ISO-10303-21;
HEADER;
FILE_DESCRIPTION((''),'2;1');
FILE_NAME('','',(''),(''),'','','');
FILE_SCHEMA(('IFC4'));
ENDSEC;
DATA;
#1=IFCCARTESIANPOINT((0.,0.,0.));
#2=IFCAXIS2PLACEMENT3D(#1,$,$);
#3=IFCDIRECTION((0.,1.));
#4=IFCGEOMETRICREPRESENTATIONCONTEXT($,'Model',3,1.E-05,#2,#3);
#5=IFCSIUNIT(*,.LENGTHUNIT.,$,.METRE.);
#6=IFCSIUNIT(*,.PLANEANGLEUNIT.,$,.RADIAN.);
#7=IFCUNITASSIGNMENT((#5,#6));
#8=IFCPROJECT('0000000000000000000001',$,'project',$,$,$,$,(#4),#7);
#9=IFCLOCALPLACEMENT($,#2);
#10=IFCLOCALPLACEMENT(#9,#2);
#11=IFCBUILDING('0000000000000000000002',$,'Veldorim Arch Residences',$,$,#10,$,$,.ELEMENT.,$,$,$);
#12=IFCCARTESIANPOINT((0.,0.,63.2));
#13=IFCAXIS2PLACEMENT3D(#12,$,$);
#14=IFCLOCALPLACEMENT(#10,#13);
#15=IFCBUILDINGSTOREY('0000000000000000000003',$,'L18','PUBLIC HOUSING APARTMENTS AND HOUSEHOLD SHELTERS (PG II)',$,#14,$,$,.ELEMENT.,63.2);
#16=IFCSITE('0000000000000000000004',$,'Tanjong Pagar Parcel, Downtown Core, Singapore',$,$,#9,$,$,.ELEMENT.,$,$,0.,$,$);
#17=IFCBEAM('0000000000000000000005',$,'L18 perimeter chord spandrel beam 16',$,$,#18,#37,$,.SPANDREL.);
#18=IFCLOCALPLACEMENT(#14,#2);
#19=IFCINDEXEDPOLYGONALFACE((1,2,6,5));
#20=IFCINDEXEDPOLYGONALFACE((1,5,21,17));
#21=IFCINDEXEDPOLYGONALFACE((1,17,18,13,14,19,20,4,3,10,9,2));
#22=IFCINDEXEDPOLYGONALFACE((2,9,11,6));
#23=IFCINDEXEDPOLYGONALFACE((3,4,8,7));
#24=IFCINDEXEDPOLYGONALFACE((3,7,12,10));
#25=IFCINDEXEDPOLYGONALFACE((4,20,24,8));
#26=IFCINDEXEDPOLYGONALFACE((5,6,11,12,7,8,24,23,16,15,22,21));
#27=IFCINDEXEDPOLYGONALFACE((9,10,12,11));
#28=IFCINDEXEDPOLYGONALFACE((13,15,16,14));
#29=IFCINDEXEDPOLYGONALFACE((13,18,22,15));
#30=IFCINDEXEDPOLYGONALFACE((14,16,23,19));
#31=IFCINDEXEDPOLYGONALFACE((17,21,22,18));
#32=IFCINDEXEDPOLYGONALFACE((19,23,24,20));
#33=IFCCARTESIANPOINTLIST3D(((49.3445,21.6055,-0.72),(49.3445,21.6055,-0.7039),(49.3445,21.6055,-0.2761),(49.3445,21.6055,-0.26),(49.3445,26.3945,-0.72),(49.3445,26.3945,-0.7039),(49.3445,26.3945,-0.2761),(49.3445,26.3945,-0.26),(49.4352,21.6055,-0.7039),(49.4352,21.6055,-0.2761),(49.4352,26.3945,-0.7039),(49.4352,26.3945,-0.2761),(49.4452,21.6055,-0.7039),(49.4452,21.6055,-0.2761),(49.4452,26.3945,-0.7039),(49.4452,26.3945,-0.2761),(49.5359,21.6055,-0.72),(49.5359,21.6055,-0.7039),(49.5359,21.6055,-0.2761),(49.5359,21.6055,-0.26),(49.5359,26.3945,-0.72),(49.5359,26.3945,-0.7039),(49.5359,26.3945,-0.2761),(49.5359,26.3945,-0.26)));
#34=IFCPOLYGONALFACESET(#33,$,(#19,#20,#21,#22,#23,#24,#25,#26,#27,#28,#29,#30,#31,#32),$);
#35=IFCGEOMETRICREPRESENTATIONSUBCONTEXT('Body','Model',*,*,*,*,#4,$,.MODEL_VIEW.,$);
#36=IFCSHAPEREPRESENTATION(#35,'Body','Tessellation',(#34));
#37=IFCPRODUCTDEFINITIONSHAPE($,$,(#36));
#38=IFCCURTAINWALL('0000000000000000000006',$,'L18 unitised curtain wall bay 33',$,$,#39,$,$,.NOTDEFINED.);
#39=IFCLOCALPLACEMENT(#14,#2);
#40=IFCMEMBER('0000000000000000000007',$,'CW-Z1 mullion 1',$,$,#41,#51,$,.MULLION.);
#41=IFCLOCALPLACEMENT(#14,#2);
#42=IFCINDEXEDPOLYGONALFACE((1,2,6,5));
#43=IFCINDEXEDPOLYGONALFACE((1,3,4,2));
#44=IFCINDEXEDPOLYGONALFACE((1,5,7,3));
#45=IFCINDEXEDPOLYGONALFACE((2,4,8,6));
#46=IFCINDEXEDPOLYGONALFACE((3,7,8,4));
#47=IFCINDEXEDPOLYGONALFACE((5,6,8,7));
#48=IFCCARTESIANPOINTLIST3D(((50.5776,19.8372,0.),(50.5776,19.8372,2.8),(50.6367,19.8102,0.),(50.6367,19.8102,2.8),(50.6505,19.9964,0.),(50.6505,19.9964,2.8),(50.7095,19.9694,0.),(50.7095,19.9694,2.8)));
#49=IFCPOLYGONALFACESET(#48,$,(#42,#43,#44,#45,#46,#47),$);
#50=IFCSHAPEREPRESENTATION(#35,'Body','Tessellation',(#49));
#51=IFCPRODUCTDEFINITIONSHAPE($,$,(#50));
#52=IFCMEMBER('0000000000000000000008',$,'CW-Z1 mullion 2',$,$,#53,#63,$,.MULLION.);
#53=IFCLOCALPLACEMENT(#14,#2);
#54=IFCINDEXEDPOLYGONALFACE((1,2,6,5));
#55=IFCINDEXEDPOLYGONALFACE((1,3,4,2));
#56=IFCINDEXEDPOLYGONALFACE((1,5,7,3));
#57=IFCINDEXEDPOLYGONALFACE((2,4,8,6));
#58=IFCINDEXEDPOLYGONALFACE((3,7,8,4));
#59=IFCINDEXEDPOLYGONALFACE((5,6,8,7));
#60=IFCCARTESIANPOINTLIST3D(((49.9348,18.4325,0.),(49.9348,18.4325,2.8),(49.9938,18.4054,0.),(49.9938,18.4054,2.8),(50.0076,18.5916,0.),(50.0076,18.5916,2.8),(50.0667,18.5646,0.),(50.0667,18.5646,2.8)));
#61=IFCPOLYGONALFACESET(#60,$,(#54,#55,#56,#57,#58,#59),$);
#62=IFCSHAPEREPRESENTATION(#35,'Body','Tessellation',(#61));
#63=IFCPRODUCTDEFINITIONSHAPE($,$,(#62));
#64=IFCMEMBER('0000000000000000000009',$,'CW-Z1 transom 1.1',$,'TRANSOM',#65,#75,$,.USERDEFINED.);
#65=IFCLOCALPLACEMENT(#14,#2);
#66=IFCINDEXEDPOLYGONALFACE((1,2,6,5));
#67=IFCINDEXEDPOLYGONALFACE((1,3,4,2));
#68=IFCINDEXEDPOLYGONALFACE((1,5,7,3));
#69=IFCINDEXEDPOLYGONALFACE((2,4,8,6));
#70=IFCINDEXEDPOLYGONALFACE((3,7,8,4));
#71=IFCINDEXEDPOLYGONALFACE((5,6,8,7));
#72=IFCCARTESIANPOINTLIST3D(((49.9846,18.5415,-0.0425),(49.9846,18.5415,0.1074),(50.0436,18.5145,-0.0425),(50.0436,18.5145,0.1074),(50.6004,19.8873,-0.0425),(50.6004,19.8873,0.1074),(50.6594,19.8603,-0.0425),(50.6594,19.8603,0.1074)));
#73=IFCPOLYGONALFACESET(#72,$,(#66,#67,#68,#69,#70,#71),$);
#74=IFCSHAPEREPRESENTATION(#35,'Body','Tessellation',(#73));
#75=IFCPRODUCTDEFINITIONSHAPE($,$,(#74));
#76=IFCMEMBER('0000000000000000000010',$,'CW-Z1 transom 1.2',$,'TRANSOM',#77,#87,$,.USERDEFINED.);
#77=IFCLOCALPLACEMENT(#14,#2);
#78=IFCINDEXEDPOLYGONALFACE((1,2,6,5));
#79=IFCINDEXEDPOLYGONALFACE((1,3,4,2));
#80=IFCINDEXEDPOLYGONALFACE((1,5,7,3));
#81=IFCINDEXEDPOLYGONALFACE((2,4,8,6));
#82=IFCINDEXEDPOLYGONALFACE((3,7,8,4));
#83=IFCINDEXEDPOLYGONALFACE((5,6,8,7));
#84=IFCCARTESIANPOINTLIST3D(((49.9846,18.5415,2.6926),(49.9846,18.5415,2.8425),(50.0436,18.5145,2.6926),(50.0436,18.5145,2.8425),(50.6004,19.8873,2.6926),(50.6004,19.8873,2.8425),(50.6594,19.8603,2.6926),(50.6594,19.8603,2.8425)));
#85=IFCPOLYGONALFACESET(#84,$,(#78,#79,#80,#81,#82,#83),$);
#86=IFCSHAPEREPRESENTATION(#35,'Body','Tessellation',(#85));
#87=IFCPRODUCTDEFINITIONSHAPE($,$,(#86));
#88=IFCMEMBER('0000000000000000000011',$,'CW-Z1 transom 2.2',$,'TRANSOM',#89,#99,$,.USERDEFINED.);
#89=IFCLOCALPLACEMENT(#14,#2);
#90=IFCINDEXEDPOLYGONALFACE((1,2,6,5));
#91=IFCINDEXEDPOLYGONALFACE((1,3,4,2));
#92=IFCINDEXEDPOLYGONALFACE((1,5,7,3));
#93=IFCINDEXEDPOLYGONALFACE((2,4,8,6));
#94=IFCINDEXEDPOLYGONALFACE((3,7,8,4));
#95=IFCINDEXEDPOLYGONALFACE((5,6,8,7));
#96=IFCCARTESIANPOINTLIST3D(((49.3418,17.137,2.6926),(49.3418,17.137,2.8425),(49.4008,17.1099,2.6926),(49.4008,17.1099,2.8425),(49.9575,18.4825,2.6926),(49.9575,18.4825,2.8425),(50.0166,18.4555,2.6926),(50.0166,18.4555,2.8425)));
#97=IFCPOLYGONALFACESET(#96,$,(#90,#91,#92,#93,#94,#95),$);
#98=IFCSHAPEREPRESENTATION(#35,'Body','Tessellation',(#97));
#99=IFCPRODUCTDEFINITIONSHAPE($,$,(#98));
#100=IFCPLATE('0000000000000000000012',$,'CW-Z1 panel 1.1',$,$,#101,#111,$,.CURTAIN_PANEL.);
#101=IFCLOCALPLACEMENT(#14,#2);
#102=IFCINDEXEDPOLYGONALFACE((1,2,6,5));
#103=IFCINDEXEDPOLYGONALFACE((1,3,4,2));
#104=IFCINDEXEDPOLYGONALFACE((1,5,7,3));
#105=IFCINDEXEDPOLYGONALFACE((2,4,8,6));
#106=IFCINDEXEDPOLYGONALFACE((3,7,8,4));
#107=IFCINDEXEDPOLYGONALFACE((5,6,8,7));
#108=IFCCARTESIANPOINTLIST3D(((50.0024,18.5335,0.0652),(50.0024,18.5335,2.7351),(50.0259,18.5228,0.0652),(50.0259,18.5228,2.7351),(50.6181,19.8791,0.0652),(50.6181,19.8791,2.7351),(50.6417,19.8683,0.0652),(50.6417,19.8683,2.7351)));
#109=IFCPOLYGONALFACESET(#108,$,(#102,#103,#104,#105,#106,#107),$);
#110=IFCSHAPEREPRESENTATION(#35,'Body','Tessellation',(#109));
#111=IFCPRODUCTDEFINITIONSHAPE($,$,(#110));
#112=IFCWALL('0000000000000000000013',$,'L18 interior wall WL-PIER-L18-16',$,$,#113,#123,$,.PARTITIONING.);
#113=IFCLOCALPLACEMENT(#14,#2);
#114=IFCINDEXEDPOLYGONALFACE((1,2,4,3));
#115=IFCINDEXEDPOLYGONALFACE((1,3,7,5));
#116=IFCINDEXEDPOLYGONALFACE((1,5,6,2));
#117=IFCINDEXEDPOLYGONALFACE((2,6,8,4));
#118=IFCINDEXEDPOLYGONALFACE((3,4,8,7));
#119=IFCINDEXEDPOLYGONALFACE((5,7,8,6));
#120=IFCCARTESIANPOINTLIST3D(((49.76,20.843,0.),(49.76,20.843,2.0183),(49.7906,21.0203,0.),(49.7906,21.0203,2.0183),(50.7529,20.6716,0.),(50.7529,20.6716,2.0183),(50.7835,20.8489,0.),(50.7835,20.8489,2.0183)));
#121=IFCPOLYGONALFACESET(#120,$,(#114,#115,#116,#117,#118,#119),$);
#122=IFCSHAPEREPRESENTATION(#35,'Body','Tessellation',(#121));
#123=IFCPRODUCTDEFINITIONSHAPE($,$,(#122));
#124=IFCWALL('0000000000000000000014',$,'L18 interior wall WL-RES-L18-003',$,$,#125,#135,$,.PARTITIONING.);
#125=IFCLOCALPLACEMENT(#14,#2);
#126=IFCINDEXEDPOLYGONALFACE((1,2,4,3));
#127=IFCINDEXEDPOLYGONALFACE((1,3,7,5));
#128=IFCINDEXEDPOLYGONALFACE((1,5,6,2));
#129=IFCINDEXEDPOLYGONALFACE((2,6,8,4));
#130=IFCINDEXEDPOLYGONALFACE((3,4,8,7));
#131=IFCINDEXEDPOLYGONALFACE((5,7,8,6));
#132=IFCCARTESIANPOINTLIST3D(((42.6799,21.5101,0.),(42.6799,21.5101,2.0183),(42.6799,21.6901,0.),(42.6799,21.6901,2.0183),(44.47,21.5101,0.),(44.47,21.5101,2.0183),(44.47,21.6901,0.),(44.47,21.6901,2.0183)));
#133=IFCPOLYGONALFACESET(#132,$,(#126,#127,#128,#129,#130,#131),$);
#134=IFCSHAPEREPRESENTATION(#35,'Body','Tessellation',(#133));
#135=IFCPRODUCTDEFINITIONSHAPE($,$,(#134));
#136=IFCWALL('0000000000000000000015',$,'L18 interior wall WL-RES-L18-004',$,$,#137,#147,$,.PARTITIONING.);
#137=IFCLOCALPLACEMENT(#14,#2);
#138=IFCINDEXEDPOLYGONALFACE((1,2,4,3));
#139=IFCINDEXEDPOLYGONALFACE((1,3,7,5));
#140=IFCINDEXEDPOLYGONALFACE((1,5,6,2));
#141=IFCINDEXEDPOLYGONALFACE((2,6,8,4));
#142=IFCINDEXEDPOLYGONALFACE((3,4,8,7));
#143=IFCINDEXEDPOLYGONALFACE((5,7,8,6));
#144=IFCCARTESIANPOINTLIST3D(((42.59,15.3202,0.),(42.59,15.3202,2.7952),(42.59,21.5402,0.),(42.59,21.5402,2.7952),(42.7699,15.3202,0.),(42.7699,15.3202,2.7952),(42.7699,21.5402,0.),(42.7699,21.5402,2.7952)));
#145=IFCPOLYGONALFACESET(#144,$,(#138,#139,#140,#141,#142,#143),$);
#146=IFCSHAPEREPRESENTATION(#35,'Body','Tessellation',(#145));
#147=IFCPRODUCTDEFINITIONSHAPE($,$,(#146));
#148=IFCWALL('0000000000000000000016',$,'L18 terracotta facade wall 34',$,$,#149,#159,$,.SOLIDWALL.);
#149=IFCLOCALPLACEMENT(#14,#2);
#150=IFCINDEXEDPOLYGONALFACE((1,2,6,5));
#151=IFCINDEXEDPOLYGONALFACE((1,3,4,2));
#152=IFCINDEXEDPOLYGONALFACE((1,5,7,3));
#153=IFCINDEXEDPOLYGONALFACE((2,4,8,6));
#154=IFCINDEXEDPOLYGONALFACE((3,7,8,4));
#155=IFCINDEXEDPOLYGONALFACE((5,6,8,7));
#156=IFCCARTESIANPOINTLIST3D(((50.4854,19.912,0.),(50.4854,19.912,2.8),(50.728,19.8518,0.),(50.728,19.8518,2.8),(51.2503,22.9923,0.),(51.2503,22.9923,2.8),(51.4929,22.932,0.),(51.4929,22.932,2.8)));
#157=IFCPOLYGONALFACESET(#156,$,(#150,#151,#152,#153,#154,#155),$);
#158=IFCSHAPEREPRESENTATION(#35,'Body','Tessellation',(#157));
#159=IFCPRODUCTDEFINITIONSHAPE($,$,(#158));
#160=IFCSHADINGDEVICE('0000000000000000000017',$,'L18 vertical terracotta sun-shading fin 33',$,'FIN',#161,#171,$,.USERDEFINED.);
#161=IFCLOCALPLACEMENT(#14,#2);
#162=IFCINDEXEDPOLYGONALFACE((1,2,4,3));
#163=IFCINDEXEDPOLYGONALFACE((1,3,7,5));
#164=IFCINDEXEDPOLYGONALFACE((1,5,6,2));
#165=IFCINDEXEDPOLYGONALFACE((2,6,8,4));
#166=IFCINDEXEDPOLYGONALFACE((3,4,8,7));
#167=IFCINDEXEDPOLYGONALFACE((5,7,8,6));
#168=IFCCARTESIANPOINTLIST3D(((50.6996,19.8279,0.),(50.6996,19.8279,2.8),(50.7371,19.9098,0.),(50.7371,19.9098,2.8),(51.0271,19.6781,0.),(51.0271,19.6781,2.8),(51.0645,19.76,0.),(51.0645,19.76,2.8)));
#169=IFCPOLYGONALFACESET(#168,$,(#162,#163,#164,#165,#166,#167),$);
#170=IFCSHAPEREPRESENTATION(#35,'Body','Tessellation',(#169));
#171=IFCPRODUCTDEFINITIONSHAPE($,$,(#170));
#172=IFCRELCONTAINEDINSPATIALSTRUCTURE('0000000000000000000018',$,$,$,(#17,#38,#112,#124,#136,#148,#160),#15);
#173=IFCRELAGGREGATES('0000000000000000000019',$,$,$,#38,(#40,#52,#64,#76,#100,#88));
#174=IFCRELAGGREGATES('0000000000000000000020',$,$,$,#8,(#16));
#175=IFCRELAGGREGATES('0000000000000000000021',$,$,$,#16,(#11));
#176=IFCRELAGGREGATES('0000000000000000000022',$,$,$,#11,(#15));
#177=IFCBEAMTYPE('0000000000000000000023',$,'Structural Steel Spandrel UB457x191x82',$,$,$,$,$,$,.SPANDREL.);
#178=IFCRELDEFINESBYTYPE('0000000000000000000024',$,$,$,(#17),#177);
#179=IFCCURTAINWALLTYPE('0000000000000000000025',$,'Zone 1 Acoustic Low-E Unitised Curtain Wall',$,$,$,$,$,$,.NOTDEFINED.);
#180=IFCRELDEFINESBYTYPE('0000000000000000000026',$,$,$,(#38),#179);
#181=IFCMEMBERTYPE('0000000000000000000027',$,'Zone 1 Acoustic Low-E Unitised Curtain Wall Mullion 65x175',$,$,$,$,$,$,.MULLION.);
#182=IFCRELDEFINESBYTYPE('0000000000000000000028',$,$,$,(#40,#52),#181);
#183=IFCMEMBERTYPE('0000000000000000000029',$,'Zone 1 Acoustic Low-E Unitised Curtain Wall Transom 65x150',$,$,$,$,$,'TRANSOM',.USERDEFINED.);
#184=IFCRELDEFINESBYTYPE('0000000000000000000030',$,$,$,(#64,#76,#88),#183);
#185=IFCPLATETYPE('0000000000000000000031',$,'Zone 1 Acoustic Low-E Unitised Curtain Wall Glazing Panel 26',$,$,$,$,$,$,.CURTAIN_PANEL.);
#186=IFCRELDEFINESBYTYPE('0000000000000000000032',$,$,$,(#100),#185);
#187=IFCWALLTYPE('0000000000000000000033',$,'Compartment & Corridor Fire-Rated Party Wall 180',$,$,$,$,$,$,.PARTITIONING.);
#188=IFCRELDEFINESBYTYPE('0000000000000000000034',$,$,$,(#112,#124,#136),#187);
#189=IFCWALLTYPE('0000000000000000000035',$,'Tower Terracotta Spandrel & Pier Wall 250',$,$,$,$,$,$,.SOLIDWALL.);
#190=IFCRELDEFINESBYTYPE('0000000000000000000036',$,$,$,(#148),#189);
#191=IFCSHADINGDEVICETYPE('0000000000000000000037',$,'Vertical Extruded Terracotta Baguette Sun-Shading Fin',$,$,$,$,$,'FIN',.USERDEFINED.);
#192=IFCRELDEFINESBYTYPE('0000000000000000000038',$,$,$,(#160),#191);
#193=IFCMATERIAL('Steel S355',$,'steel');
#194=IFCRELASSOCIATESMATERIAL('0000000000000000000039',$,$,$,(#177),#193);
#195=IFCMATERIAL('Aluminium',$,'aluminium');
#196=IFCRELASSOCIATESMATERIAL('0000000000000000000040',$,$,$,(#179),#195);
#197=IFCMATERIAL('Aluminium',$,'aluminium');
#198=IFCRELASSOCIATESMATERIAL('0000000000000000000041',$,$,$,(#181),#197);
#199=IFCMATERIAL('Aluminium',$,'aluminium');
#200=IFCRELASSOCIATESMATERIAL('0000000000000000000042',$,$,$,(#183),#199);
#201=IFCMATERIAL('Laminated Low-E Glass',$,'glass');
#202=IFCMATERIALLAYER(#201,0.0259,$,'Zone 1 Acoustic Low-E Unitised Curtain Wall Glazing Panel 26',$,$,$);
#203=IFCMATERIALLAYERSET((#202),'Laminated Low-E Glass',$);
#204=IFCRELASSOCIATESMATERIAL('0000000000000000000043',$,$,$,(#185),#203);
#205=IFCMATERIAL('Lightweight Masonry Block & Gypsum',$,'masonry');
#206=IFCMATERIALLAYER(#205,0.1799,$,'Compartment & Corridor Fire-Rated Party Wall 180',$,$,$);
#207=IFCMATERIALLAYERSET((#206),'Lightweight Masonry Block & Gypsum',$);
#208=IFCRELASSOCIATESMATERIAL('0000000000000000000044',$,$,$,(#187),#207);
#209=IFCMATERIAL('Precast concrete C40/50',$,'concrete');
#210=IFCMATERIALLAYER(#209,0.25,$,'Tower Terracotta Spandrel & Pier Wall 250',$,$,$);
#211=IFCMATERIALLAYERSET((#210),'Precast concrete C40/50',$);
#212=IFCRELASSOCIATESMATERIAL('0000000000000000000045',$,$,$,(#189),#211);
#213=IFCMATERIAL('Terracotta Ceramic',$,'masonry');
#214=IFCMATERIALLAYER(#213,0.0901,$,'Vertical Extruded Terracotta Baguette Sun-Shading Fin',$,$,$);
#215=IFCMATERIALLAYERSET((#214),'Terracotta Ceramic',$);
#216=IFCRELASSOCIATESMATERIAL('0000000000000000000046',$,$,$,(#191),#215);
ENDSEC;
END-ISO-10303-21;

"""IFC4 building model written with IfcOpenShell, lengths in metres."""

from ifc_helpers import new_model, si_unit, direction, frame, frame_2d, origin, origin_2d, place, context, subcontext, project, spatial, rectangle, i_section, extrude, material, layer, layer_set, material_profile, profile_set, type_object, element, aggregate, save


model = new_model("IFC4")

# Units and contexts
model_context = context("Model", 3, precision=1e-05, world=origin(), true_north=direction((0.0, 1.0)))
body_context = subcontext(model_context, "Body", "Model", "MODEL_VIEW")
ifc_project = project(units=[si_unit("LENGTHUNIT", "METRE"), si_unit("PLANEANGLEUNIT", "RADIAN")], contexts=[model_context])

# Site, building, storey
site_placement = place(None, origin())
site = spatial("IfcSite", under=ifc_project, at=site_placement, Name="Tanjong Pagar Parcel, Downtown Core, Singapore", CompositionType="ELEMENT", RefElevation=0.0)
building_placement = place(site_placement, origin())
building = spatial("IfcBuilding", under=site, at=building_placement, Name="Veldorim Arch Residences", CompositionType="ELEMENT")
storey_placement = place(building_placement, frame((0.0, 0.0, 63.2)))
storey = spatial("IfcBuildingStorey", under=building, at=storey_placement, Name="L18", Description="PUBLIC HOUSING APARTMENTS AND HOUSEHOLD SHELTERS (PG II)", CompositionType="ELEMENT", Elevation=63.2)

# Beam
ifc_material_1 = material(Name="Steel S355", Category="steel")
ifc_material_profile_1 = material_profile(ifc_material_1, i_section(OverallWidth=0.1914, OverallDepth=0.46, WebThickness=0.01, FlangeThickness=0.0161, at=origin_2d()), Name="UB457x191x82")
ifc_profile_set_1 = profile_set([ifc_material_profile_1], Name="Steel S355")
beam_type_1 = type_object("IfcBeamType", Name="Structural Steel Spandrel UB457x191x82", PredefinedType="SPANDREL", material=ifc_profile_set_1)
beam_1_placement = place(storey_placement, frame((49.4402, 21.6055, -0.49), z_axis=(0.0, 1.0, 0.0), x_axis=(-1.0, 0.0, 0.0)))
element("IfcBeam", 1, at=beam_1_placement, inside=storey, type_object=beam_type_1, Name="L18 perimeter chord spandrel beam 16", PredefinedType="SPANDREL", context=body_context, shape_type="SweptSolid", body=[
    extrude(i_section(OverallWidth=0.1914, OverallDepth=0.46, WebThickness=0.01, FlangeThickness=0.0161, at=origin_2d()), origin(), (0.0, 0.0, 1.0), 4.7891),
])

# Curtain wall, members, plate
ifc_material_2 = material(Name="Aluminium", Category="aluminium")
curtain_wall_type = type_object("IfcCurtainWallType", Name="Zone 1 Acoustic Low-E Unitised Curtain Wall", PredefinedType="NOTDEFINED", material=ifc_material_2)
curtain_wall_placement = place(storey_placement, origin())
curtain_wall = element("IfcCurtainWall", 2, at=curtain_wall_placement, inside=storey, type_object=curtain_wall_type, Name="L18 unitised curtain wall bay 33", PredefinedType="NOTDEFINED")
ifc_material_3 = material(Name="Aluminium", Category="aluminium")
ifc_material_profile_2 = material_profile(ifc_material_3, rectangle(XDim=0.0649, YDim=0.175, at=origin_2d()), Name="ALU_MUL_65x175")
ifc_profile_set_2 = profile_set([ifc_material_profile_2], Name="Aluminium")
member_type_1 = type_object("IfcMemberType", Name="Zone 1 Acoustic Low-E Unitised Curtain Wall Mullion 65x175", PredefinedType="MULLION", material=ifc_profile_set_2)
member_1_placement = place(storey_placement, frame((50.6436, 19.9033, 0.0), z_axis=(0.0, 0.0, 1.0), x_axis=(0.909303, -0.416135, 0.0)))
member_1 = element("IfcMember", 3, at=member_1_placement, type_object=member_type_1, Name="CW-Z1 mullion 1", PredefinedType="MULLION", context=body_context, shape_type="SweptSolid", body=[
    extrude(rectangle(XDim=0.0649, YDim=0.175, at=origin_2d()), origin(), (0.0, 0.0, 1.0), 2.8),
])
member_2_placement = place(storey_placement, frame((50.0007, 18.4985, 0.0), z_axis=(0.0, 0.0, 1.0), x_axis=(0.909303, -0.416135, 0.0)))
member_2 = element("IfcMember", 4, at=member_2_placement, type_object=member_type_1, Name="CW-Z1 mullion 2", PredefinedType="MULLION", context=body_context, shape_type="SweptSolid", body=[
    extrude(rectangle(XDim=0.0649, YDim=0.175, at=origin_2d()), origin(), (0.0, 0.0, 1.0), 2.8),
])
ifc_material_4 = material(Name="Aluminium", Category="aluminium")
ifc_material_profile_3 = material_profile(ifc_material_4, rectangle(XDim=0.0649, YDim=0.1499, at=origin_2d()), Name="ALU_TRN_65x150")
ifc_profile_set_3 = profile_set([ifc_material_profile_3], Name="Aluminium")
member_type_2 = type_object("IfcMemberType", Name="Zone 1 Acoustic Low-E Unitised Curtain Wall Transom 65x150", ElementType="TRANSOM", PredefinedType="USERDEFINED", material=ifc_profile_set_3)
member_3_placement = place(storey_placement, frame((50.6299, 19.8738, 0.0325), z_axis=(-0.416064, -0.909335, 0.0), x_axis=(0.909335, -0.416064, 0.0)))
member_3 = element("IfcMember", 5, at=member_3_placement, type_object=member_type_2, Name="CW-Z1 transom 1.1", ObjectType="TRANSOM", PredefinedType="USERDEFINED", context=body_context, shape_type="SweptSolid", body=[
    extrude(rectangle(XDim=0.0649, YDim=0.1499, at=origin_2d()), origin(), (0.0, 0.0, 1.0), 1.48),
])
member_4_placement = place(storey_placement, frame((50.6299, 19.8738, 2.7676), z_axis=(-0.416064, -0.909335, 0.0), x_axis=(0.909335, -0.416064, 0.0)))
member_4 = element("IfcMember", 6, at=member_4_placement, type_object=member_type_2, Name="CW-Z1 transom 1.2", ObjectType="TRANSOM", PredefinedType="USERDEFINED", context=body_context, shape_type="SweptSolid", body=[
    extrude(rectangle(XDim=0.0649, YDim=0.1499, at=origin_2d()), origin(), (0.0, 0.0, 1.0), 1.48),
])
member_5_placement = place(storey_placement, frame((49.9871, 18.469, 2.7676), z_axis=(-0.416126, -0.909307, 0.0), x_axis=(0.909307, -0.416126, 0.0)))
member_5 = element("IfcMember", 7, at=member_5_placement, type_object=member_type_2, Name="CW-Z1 transom 2.2", ObjectType="TRANSOM", PredefinedType="USERDEFINED", context=body_context, shape_type="SweptSolid", body=[
    extrude(rectangle(XDim=0.0649, YDim=0.1499, at=origin_2d()), origin(), (0.0, 0.0, 1.0), 1.4797),
])
ifc_material_5 = material(Name="Laminated Low-E Glass", Category="glass")
ifc_layer_1 = layer(ifc_material_5, 0.0259, Name="Zone 1 Acoustic Low-E Unitised Curtain Wall Glazing Panel 26")
ifc_layer_set_1 = layer_set([ifc_layer_1], Name="Laminated Low-E Glass")
plate_type = type_object("IfcPlateType", Name="Zone 1 Acoustic Low-E Unitised Curtain Wall Glazing Panel 26", PredefinedType="CURTAIN_PANEL", material=ifc_layer_set_1)
plate_placement = place(storey_placement, frame((50.322, 19.2009, 0.0652), z_axis=(0.0, 0.0, 1.0), x_axis=(-0.416135, -0.909303, 0.0)))
plate = element("IfcPlate", 8, at=plate_placement, type_object=plate_type, Name="CW-Z1 panel 1.1", PredefinedType="CURTAIN_PANEL", context=body_context, shape_type="SweptSolid", body=[
    extrude(rectangle(XDim=1.4797, YDim=0.0259, at=origin_2d()), origin(), (0.0, 0.0, 1.0), 2.6699),
])
aggregate(curtain_wall, [member_1, member_2, member_3, member_4, plate, member_5])

# Walls
ifc_material_6 = material(Name="Lightweight Masonry Block & Gypsum", Category="masonry")
ifc_layer_2 = layer(ifc_material_6, 0.1799, Name="Compartment & Corridor Fire-Rated Party Wall 180")
ifc_layer_set_2 = layer_set([ifc_layer_2], Name="Lightweight Masonry Block & Gypsum")
wall_type_1 = type_object("IfcWallType", Name="Compartment & Corridor Fire-Rated Party Wall 180", PredefinedType="PARTITIONING", material=ifc_layer_set_2)
wall_1_placement = place(storey_placement, frame((49.7751, 20.9316, 0.0), z_axis=(0.0, 0.0, 1.0), x_axis=(0.985428, -0.170094, 0.0)))
element("IfcWall", 9, at=wall_1_placement, inside=storey, type_object=wall_type_1, Name="L18 interior wall WL-PIER-L18-16", PredefinedType="PARTITIONING", context=body_context, shape_type="SweptSolid", body=[
    extrude(rectangle(XDim=1.0076, YDim=0.1799, at=frame_2d((0.5039, 0.0))), origin(), (0.0, 0.0, 1.0), 2.0183),
])
wall_2_placement = place(storey_placement, frame((44.47, 21.6001, 0.0), z_axis=(0.0, 0.0, 1.0), x_axis=(-1.0, 0.0, 0.0)))
element("IfcWall", 10, at=wall_2_placement, inside=storey, type_object=wall_type_1, Name="L18 interior wall WL-RES-L18-003", PredefinedType="PARTITIONING", context=body_context, shape_type="SweptSolid", body=[
    extrude(rectangle(XDim=1.79, YDim=0.1799, at=frame_2d((0.895, 0.0))), origin(), (0.0, 0.0, 1.0), 2.0183),
])
wall_3_placement = place(storey_placement, frame((42.6799, 21.54, 0.0), z_axis=(0.0, 0.0, 1.0), x_axis=(0.0, -1.0, 0.0)))
element("IfcWall", 11, at=wall_3_placement, inside=storey, type_object=wall_type_1, Name="L18 interior wall WL-RES-L18-004", PredefinedType="PARTITIONING", context=body_context, shape_type="SweptSolid", body=[
    extrude(rectangle(XDim=6.22, YDim=0.1799, at=frame_2d((3.1099, 0.0))), origin(), (0.0, 0.0, 1.0), 2.7952),
])
ifc_material_7 = material(Name="Precast concrete C40/50", Category="concrete")
ifc_layer_3 = layer(ifc_material_7, 0.25, Name="Tower Terracotta Spandrel & Pier Wall 250")
ifc_layer_set_3 = layer_set([ifc_layer_3], Name="Precast concrete C40/50")
wall_type_2 = type_object("IfcWallType", Name="Tower Terracotta Spandrel & Pier Wall 250", PredefinedType="SOLIDWALL", material=ifc_layer_set_3)
wall_4_placement = place(storey_placement, frame((51.3716, 22.9622, 0.0), z_axis=(0.0, 0.0, 1.0), x_axis=(-0.240997, -0.970526, 0.0)))
element("IfcWall", 12, at=wall_4_placement, inside=storey, type_object=wall_type_2, Name="L18 terracotta facade wall 34", PredefinedType="SOLIDWALL", context=body_context, shape_type="SweptSolid", body=[
    extrude(rectangle(XDim=3.1738, YDim=0.25, at=frame_2d((1.5869, 0.0))), origin(), (0.0, 0.0, 1.0), 2.8),
])

# Shading device
ifc_material_8 = material(Name="Terracotta Ceramic", Category="masonry")
ifc_layer_4 = layer(ifc_material_8, 0.0901, Name="Vertical Extruded Terracotta Baguette Sun-Shading Fin")
ifc_layer_set_4 = layer_set([ifc_layer_4], Name="Terracotta Ceramic")
shading_device_type = type_object("IfcShadingDeviceType", Name="Vertical Extruded Terracotta Baguette Sun-Shading Fin", ElementType="FIN", PredefinedType="USERDEFINED", material=ifc_layer_set_4)
shading_device_placement = place(storey_placement, frame((50.8821, 19.7939, 0.0), z_axis=(0.0, 0.0, 1.0), x_axis=(-0.416122, -0.909309, 0.0)))
element("IfcShadingDevice", 13, at=shading_device_placement, inside=storey, type_object=shading_device_type, Name="L18 vertical terracotta sun-shading fin 33", ObjectType="FIN", PredefinedType="USERDEFINED", context=body_context, shape_type="SweptSolid", body=[
    extrude(rectangle(XDim=0.0901, YDim=0.3601, at=origin_2d()), origin(), (0.0, 0.0, 1.0), 2.8),
])

save(model, "model.ifc")
